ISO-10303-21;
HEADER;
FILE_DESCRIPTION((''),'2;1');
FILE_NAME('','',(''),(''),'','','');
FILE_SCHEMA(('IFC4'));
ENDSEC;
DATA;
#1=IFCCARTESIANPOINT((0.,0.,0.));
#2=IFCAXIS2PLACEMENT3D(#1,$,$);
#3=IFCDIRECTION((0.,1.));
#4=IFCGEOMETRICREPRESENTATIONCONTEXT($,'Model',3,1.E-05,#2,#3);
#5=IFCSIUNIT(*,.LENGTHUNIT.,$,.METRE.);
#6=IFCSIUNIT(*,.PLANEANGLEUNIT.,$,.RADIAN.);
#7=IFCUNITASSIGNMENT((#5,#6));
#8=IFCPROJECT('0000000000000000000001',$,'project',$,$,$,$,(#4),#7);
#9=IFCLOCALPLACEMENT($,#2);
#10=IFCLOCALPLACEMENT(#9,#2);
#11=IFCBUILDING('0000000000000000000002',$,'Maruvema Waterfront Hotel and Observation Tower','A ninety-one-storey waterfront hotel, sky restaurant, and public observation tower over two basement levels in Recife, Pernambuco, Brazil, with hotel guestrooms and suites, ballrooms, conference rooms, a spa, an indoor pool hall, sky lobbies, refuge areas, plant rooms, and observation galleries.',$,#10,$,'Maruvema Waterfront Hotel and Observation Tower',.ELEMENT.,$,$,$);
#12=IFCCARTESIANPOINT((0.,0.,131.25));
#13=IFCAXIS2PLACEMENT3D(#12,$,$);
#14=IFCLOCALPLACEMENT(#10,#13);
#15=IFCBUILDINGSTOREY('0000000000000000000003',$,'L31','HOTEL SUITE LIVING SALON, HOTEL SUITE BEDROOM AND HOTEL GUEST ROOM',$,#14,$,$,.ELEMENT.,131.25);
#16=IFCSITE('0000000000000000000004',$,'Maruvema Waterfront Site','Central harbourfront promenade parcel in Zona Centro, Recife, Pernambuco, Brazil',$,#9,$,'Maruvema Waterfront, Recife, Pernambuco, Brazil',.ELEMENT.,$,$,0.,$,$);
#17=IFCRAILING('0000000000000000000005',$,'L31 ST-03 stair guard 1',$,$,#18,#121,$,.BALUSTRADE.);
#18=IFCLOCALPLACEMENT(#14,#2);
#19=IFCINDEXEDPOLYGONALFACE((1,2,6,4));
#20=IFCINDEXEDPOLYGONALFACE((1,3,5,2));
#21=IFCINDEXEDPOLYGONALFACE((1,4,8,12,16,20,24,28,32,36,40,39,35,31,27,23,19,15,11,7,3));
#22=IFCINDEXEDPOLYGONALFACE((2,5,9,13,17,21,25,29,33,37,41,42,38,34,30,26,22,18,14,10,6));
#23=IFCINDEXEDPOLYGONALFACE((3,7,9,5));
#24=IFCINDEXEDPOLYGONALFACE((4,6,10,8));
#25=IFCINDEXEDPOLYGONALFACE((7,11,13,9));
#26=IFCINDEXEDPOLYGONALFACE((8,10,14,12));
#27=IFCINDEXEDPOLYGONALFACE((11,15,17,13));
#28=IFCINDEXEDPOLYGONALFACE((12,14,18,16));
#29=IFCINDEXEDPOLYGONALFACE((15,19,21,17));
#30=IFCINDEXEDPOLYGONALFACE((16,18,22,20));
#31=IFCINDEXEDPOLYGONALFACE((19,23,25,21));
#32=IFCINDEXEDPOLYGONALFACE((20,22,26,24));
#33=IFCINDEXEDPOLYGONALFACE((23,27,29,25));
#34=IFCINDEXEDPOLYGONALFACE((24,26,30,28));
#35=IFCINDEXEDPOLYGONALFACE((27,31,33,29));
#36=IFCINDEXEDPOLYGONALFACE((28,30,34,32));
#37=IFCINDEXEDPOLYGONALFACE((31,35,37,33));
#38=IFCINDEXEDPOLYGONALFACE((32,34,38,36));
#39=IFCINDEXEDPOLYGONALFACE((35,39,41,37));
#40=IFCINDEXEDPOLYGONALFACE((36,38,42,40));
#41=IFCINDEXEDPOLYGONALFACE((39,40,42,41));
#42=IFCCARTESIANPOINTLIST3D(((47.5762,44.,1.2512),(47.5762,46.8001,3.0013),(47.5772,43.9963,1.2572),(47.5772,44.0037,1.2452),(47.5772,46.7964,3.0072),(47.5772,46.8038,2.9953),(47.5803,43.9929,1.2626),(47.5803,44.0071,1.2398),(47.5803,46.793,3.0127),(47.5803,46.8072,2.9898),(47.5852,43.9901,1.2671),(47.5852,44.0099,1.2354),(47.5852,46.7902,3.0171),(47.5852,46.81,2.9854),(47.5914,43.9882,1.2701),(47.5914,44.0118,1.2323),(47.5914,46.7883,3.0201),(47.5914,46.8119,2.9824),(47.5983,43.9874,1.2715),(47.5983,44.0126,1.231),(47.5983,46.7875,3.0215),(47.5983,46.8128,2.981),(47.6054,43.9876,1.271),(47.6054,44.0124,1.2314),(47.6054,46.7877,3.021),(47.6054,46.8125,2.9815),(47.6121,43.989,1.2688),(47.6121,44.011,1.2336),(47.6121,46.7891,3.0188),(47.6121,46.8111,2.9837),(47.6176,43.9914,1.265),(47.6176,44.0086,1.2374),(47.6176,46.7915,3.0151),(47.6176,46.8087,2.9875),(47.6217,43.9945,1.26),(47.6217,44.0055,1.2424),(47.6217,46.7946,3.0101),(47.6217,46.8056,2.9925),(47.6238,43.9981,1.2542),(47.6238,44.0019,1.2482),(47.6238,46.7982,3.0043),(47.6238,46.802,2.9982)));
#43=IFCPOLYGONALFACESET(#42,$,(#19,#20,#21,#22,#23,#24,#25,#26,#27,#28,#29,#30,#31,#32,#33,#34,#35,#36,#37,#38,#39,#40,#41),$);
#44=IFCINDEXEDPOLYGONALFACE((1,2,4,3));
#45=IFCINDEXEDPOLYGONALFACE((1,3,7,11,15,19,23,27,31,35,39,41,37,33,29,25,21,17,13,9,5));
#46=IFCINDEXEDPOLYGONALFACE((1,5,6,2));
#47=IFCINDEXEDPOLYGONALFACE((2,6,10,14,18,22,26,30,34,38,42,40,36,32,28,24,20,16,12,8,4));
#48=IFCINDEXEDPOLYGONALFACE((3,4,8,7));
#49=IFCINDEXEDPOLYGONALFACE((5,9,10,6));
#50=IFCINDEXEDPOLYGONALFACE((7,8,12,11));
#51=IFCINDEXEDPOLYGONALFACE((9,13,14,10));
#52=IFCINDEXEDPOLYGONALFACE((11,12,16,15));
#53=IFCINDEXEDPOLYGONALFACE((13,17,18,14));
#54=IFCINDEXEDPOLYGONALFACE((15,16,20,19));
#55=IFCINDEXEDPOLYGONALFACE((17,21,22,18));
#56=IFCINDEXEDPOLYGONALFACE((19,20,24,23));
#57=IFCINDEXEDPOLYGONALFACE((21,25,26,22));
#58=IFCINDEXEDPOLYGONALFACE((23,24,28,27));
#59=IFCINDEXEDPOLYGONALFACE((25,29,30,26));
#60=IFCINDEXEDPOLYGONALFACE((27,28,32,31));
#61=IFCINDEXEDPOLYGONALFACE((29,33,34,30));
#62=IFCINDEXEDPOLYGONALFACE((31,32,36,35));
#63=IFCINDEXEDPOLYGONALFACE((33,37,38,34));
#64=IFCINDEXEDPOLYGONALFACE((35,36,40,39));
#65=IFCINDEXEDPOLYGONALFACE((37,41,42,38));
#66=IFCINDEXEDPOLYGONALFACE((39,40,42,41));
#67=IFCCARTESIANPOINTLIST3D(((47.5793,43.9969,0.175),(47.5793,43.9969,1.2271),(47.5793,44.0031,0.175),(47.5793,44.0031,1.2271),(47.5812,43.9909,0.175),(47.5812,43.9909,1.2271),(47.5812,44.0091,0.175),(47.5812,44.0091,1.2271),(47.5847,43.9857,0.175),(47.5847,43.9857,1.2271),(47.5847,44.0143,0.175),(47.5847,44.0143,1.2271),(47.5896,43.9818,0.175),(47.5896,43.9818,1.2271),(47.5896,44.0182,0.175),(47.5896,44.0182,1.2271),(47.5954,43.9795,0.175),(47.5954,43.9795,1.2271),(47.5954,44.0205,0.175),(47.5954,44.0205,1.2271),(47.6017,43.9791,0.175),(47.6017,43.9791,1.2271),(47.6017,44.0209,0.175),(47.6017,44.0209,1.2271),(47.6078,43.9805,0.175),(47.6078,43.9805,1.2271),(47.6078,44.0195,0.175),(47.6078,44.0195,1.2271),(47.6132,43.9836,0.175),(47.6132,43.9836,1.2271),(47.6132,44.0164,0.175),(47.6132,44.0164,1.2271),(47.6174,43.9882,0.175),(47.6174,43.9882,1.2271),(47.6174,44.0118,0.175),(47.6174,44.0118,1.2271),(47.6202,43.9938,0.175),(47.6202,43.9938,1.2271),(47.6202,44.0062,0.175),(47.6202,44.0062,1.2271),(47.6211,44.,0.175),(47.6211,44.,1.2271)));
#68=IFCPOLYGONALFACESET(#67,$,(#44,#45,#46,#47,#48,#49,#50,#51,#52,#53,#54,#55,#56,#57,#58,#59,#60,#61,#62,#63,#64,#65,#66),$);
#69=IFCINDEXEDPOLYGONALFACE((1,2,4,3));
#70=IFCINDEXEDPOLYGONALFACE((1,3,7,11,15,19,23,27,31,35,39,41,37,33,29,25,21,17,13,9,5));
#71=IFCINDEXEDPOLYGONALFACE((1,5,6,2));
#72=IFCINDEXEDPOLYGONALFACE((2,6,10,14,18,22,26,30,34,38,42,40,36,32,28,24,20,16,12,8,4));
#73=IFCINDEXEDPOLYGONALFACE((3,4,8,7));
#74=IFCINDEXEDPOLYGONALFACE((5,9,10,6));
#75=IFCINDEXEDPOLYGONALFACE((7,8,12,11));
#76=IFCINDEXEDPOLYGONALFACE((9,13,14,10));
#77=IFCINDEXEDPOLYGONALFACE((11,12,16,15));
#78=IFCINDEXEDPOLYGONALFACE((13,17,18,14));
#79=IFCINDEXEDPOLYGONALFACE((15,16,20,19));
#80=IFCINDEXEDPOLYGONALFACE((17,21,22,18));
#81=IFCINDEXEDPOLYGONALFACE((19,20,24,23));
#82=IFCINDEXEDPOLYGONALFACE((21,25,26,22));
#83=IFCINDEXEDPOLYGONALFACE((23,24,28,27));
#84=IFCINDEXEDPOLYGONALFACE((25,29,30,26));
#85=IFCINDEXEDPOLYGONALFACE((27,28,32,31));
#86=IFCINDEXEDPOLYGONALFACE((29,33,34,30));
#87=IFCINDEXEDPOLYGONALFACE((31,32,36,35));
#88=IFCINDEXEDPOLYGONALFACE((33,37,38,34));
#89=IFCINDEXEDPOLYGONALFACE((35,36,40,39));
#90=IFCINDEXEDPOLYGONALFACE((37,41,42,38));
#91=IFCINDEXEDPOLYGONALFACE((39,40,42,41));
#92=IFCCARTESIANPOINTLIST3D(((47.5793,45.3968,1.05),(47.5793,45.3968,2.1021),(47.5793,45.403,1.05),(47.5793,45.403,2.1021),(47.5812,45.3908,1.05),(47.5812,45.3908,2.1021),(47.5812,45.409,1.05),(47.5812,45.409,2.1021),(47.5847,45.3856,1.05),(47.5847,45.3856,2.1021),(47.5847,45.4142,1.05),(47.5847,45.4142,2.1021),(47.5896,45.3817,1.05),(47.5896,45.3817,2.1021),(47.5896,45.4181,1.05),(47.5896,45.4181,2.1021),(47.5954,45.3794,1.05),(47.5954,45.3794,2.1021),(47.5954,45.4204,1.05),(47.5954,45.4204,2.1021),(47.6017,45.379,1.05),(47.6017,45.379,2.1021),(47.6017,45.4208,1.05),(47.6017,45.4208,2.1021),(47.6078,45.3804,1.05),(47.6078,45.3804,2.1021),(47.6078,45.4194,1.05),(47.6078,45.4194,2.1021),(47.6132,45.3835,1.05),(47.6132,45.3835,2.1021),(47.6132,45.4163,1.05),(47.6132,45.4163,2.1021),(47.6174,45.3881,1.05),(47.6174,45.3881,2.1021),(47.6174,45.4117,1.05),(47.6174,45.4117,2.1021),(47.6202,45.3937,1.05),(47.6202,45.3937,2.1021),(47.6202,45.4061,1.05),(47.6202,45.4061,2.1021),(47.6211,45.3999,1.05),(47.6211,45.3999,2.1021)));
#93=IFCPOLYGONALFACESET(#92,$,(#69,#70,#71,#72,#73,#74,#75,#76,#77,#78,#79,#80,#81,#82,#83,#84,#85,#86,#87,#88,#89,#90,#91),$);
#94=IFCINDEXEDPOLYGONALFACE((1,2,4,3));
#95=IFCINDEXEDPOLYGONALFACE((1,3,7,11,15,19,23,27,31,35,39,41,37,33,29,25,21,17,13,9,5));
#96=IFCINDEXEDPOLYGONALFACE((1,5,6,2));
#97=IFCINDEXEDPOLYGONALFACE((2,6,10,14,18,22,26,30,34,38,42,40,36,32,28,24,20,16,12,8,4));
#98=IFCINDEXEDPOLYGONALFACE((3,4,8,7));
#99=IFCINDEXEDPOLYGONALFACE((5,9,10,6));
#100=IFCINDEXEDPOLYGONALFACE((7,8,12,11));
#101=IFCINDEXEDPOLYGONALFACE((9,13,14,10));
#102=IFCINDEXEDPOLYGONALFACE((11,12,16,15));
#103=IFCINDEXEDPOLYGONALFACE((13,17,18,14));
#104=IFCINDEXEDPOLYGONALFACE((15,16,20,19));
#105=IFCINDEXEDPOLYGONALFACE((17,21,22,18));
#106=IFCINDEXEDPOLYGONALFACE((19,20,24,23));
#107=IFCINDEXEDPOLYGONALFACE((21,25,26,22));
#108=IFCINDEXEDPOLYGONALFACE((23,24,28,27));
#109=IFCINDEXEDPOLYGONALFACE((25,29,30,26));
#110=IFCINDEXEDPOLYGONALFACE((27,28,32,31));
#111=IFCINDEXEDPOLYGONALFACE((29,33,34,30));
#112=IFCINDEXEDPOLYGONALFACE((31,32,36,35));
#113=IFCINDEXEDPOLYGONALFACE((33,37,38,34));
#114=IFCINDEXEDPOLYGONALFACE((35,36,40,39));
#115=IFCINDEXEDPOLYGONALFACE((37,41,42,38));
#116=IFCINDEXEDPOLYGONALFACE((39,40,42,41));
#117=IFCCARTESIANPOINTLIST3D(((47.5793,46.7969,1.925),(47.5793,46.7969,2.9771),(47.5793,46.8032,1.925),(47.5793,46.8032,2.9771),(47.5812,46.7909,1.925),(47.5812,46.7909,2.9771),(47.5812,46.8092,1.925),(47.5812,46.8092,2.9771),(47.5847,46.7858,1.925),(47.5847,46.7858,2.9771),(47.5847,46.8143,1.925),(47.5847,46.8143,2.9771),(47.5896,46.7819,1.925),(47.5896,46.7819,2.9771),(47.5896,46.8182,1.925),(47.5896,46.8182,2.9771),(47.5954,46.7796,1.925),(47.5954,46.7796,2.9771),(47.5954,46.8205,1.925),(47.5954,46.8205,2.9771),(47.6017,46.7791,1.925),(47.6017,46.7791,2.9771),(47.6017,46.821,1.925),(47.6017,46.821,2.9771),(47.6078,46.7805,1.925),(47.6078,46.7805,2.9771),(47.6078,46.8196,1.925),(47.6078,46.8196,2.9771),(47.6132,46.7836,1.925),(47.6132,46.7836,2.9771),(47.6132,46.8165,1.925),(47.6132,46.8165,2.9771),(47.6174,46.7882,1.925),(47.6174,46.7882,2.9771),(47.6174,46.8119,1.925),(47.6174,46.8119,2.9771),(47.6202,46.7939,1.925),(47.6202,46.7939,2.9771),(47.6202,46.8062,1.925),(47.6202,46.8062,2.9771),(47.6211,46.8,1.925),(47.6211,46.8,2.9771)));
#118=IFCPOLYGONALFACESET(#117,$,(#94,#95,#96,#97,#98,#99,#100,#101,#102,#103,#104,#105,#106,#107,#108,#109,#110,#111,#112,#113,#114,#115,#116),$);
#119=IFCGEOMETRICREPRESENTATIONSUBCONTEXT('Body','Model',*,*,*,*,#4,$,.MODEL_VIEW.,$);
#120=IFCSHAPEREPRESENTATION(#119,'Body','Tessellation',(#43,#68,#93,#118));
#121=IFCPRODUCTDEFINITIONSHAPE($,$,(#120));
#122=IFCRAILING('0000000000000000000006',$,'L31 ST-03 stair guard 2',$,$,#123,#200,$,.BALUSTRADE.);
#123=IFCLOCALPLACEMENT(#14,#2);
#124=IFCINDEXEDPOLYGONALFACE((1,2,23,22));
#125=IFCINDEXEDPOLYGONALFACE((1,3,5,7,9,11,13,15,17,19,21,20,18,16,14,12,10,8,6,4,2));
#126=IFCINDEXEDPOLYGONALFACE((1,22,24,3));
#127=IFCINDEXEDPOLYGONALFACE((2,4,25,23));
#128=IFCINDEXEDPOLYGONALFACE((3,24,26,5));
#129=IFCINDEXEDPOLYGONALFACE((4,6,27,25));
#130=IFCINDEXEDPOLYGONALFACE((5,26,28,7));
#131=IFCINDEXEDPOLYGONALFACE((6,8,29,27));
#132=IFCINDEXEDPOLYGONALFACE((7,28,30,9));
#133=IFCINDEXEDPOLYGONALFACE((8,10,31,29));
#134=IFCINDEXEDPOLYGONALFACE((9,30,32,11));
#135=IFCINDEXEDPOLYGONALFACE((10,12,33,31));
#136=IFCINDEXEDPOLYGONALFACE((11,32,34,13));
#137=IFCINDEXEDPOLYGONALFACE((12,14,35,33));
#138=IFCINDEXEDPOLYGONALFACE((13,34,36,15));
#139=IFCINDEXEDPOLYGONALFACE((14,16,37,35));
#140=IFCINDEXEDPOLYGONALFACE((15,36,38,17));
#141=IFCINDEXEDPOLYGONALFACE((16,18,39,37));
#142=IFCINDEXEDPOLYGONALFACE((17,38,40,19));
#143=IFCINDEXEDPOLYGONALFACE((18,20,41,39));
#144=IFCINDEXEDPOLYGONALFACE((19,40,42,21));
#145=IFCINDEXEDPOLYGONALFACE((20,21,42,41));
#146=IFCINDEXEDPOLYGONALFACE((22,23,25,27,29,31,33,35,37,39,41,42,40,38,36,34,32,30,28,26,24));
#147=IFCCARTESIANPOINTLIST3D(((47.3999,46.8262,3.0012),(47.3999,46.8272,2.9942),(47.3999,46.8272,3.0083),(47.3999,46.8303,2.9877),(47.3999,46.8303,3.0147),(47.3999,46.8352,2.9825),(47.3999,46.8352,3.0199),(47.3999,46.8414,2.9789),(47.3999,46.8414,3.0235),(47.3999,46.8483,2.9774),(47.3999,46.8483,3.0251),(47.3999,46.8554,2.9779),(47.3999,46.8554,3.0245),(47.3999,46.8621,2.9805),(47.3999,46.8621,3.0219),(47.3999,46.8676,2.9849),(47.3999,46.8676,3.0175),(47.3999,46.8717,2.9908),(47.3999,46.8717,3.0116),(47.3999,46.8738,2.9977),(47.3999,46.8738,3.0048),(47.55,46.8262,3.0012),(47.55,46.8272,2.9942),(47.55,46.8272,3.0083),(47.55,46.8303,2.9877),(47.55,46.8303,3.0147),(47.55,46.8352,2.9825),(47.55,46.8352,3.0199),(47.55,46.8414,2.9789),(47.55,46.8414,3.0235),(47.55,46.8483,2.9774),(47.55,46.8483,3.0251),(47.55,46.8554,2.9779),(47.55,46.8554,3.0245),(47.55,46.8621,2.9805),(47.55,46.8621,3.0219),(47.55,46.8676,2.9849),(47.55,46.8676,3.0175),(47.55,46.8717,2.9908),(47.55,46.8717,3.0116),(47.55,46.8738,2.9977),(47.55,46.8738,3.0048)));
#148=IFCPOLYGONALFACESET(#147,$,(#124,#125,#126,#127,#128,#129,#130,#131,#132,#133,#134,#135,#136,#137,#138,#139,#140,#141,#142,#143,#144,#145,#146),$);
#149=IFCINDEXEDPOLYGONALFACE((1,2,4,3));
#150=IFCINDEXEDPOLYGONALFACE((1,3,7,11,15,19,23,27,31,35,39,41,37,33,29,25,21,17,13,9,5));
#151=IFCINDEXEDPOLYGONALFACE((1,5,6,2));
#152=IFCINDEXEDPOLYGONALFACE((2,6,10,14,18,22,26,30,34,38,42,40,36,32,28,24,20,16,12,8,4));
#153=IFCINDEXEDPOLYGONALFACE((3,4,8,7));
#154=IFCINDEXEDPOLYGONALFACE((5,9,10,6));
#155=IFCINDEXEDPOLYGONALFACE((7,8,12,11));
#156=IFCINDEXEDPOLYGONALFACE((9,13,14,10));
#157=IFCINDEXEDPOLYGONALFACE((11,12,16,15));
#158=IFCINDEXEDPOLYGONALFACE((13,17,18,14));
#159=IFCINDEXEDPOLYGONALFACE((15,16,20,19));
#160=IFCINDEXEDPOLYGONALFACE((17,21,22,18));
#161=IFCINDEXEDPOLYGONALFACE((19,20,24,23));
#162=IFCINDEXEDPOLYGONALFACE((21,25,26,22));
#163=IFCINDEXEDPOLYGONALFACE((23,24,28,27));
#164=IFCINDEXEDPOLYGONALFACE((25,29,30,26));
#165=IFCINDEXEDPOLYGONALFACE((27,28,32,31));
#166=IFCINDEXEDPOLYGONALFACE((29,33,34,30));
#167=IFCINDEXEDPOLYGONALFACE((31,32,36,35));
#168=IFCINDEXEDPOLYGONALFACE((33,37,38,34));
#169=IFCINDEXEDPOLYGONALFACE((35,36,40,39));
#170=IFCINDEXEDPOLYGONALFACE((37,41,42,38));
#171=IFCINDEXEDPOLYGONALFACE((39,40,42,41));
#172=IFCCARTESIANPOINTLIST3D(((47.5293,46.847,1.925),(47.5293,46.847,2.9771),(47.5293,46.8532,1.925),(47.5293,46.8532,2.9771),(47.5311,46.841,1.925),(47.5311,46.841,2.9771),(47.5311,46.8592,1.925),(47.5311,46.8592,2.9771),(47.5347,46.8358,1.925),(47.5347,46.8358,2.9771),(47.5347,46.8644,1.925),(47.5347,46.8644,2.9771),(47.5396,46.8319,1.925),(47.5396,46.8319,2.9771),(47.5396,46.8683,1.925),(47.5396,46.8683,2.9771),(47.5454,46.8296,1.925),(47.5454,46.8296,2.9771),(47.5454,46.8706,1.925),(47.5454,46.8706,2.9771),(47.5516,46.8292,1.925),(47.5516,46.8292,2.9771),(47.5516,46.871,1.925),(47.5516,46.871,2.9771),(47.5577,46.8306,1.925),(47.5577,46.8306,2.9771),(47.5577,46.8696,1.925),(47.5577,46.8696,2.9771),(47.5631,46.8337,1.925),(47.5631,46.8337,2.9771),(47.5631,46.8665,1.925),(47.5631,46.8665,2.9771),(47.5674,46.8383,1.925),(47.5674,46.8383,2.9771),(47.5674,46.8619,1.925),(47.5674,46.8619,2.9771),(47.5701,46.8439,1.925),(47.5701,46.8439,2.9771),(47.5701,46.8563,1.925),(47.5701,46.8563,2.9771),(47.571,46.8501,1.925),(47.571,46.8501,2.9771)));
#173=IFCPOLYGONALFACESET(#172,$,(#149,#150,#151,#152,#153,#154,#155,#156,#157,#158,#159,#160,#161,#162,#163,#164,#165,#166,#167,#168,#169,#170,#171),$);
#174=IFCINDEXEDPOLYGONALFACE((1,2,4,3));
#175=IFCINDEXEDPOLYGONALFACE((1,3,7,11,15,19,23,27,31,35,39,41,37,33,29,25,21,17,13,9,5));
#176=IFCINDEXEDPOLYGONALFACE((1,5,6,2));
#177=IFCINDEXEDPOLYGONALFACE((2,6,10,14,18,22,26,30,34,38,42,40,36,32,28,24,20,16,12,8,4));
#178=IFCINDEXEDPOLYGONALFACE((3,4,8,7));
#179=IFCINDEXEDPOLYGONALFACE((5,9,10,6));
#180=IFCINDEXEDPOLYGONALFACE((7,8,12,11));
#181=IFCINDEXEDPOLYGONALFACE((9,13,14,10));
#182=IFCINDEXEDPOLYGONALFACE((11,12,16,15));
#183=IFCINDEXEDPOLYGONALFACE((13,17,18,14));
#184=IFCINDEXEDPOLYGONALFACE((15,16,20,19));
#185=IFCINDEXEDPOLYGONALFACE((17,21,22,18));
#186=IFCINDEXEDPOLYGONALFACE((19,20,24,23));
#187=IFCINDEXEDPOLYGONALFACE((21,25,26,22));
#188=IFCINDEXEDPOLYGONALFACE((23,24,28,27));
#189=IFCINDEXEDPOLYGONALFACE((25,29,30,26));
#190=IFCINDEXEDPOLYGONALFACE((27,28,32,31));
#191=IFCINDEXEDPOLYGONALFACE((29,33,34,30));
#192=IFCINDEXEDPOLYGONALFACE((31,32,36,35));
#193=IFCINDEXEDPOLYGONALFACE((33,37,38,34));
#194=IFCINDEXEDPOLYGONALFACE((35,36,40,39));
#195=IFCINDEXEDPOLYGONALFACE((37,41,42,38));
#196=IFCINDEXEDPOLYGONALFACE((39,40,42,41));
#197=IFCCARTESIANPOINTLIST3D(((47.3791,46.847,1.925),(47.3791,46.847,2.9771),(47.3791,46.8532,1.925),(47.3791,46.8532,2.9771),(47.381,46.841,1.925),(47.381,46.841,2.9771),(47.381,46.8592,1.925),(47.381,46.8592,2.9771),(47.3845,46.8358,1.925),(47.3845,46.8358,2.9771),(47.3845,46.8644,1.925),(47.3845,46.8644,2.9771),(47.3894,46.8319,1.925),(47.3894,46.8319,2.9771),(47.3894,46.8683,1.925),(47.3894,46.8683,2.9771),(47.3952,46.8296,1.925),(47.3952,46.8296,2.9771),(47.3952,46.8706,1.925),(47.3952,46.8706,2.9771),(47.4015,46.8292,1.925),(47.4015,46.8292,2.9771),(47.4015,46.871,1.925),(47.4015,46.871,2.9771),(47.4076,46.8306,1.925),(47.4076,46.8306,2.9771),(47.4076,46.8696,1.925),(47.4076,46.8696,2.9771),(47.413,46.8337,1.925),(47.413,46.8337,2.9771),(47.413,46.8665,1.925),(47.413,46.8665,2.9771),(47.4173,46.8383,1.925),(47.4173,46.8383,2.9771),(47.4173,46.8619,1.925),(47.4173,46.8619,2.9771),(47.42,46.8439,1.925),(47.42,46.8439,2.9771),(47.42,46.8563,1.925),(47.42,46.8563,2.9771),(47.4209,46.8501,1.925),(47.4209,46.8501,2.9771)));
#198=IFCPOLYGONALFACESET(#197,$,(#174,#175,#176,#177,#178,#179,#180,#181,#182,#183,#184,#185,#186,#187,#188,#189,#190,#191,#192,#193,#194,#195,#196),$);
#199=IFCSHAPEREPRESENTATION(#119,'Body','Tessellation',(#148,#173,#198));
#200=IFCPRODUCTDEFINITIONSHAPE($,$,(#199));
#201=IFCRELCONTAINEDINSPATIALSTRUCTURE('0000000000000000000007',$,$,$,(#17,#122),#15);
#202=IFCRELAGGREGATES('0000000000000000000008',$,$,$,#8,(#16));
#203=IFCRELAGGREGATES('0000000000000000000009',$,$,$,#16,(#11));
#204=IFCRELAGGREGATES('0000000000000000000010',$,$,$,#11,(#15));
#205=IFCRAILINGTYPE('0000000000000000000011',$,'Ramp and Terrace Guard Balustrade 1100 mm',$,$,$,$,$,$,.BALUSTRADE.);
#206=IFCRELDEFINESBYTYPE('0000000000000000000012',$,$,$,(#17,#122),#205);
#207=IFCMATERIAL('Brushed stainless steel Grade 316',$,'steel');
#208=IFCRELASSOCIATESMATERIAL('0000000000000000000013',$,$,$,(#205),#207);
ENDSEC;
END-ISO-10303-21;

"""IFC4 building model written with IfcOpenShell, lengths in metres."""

from ifc_helpers import new_model, si_unit, direction, frame, origin, origin_2d, place, context, subcontext, project, spatial, circle, extrude, material, type_object, element, save


model = new_model("IFC4")

# Units and contexts
model_context = context("Model", 3, precision=1e-05, world=origin(), true_north=direction((0.0, 1.0)))
body_context = subcontext(model_context, "Body", "Model", "MODEL_VIEW")
ifc_project = project(units=[si_unit("LENGTHUNIT", "METRE"), si_unit("PLANEANGLEUNIT", "RADIAN")], contexts=[model_context])

# Site, building, storey
site_placement = place(None, origin())
site = spatial("IfcSite", under=ifc_project, at=site_placement, Name="Maruvema Waterfront Site", Description="Central harbourfront promenade parcel in Zona Centro, Recife, Pernambuco, Brazil", LongName="Maruvema Waterfront, Recife, Pernambuco, Brazil", CompositionType="ELEMENT", RefElevation=0.0)
building_placement = place(site_placement, origin())
building = spatial("IfcBuilding", under=site, at=building_placement, Name="Maruvema Waterfront Hotel and Observation Tower", Description="A ninety-one-storey waterfront hotel, sky restaurant, and public observation tower over two basement levels in Recife, Pernambuco, Brazil, with hotel guestrooms and suites, ballrooms, conference rooms, a spa, an indoor pool hall, sky lobbies, refuge areas, plant rooms, and observation galleries.", LongName="Maruvema Waterfront Hotel and Observation Tower", CompositionType="ELEMENT")
storey_placement = place(building_placement, frame((0.0, 0.0, 131.25)))
storey = spatial("IfcBuildingStorey", under=building, at=storey_placement, Name="L31", Description="HOTEL SUITE LIVING SALON, HOTEL SUITE BEDROOM AND HOTEL GUEST ROOM", CompositionType="ELEMENT", Elevation=131.25)

# Railings
ifc_material_1 = material(Name="Brushed stainless steel Grade 316", Category="steel")
railing_type_1 = type_object("IfcRailingType", Name="Ramp and Terrace Guard Balustrade 1100 mm", PredefinedType="BALUSTRADE", material=ifc_material_1)
railing_1_placement = place(storey_placement, frame((47.6001, 44.0, 0.175)))
element("IfcRailing", 1, at=railing_1_placement, inside=storey, type_object=railing_type_1, Name="L31 ST-03 stair guard 1", PredefinedType="BALUSTRADE", context=body_context, shape_type="SweptSolid", body=[
    extrude(circle(Radius=0.0239, at=origin_2d()), frame((0.0, 0.0, 1.0762), z_axis=(0.0, 0.848002, 0.529992), x_axis=(-1.0, 0.0, 0.0)), (0.0, 0.0, 1.0), 3.302),
    extrude(circle(Radius=0.021, at=origin_2d()), origin(), (0.0, 0.0, 1.0), 1.052),
    extrude(circle(Radius=0.021, at=origin_2d()), frame((0.0, 1.3999, 0.875)), (0.0, 0.0, 1.0), 1.052),
    extrude(circle(Radius=0.021, at=origin_2d()), frame((0.0, 2.8, 1.75)), (0.0, 0.0, 1.0), 1.052),
])
railing_2_placement = place(storey_placement, frame((47.55, 46.8501, 1.925)))
element("IfcRailing", 2, at=railing_2_placement, inside=storey, type_object=railing_type_1, Name="L31 ST-03 stair guard 2", PredefinedType="BALUSTRADE", context=body_context, shape_type="SweptSolid", body=[
    extrude(circle(Radius=0.0239, at=origin_2d()), frame((0.0, 0.0, 1.0762), z_axis=(-1.0, 0.0, 0.0), x_axis=(0.0, -1.0, 0.0)), (0.0, 0.0, 1.0), 0.1501),
    extrude(circle(Radius=0.021, at=origin_2d()), origin(), (0.0, 0.0, 1.0), 1.052),
    extrude(circle(Radius=0.021, at=origin_2d()), frame((-0.1501, 0.0, 0.0)), (0.0, 0.0, 1.0), 1.052),
])

save(model, "model.ifc")
